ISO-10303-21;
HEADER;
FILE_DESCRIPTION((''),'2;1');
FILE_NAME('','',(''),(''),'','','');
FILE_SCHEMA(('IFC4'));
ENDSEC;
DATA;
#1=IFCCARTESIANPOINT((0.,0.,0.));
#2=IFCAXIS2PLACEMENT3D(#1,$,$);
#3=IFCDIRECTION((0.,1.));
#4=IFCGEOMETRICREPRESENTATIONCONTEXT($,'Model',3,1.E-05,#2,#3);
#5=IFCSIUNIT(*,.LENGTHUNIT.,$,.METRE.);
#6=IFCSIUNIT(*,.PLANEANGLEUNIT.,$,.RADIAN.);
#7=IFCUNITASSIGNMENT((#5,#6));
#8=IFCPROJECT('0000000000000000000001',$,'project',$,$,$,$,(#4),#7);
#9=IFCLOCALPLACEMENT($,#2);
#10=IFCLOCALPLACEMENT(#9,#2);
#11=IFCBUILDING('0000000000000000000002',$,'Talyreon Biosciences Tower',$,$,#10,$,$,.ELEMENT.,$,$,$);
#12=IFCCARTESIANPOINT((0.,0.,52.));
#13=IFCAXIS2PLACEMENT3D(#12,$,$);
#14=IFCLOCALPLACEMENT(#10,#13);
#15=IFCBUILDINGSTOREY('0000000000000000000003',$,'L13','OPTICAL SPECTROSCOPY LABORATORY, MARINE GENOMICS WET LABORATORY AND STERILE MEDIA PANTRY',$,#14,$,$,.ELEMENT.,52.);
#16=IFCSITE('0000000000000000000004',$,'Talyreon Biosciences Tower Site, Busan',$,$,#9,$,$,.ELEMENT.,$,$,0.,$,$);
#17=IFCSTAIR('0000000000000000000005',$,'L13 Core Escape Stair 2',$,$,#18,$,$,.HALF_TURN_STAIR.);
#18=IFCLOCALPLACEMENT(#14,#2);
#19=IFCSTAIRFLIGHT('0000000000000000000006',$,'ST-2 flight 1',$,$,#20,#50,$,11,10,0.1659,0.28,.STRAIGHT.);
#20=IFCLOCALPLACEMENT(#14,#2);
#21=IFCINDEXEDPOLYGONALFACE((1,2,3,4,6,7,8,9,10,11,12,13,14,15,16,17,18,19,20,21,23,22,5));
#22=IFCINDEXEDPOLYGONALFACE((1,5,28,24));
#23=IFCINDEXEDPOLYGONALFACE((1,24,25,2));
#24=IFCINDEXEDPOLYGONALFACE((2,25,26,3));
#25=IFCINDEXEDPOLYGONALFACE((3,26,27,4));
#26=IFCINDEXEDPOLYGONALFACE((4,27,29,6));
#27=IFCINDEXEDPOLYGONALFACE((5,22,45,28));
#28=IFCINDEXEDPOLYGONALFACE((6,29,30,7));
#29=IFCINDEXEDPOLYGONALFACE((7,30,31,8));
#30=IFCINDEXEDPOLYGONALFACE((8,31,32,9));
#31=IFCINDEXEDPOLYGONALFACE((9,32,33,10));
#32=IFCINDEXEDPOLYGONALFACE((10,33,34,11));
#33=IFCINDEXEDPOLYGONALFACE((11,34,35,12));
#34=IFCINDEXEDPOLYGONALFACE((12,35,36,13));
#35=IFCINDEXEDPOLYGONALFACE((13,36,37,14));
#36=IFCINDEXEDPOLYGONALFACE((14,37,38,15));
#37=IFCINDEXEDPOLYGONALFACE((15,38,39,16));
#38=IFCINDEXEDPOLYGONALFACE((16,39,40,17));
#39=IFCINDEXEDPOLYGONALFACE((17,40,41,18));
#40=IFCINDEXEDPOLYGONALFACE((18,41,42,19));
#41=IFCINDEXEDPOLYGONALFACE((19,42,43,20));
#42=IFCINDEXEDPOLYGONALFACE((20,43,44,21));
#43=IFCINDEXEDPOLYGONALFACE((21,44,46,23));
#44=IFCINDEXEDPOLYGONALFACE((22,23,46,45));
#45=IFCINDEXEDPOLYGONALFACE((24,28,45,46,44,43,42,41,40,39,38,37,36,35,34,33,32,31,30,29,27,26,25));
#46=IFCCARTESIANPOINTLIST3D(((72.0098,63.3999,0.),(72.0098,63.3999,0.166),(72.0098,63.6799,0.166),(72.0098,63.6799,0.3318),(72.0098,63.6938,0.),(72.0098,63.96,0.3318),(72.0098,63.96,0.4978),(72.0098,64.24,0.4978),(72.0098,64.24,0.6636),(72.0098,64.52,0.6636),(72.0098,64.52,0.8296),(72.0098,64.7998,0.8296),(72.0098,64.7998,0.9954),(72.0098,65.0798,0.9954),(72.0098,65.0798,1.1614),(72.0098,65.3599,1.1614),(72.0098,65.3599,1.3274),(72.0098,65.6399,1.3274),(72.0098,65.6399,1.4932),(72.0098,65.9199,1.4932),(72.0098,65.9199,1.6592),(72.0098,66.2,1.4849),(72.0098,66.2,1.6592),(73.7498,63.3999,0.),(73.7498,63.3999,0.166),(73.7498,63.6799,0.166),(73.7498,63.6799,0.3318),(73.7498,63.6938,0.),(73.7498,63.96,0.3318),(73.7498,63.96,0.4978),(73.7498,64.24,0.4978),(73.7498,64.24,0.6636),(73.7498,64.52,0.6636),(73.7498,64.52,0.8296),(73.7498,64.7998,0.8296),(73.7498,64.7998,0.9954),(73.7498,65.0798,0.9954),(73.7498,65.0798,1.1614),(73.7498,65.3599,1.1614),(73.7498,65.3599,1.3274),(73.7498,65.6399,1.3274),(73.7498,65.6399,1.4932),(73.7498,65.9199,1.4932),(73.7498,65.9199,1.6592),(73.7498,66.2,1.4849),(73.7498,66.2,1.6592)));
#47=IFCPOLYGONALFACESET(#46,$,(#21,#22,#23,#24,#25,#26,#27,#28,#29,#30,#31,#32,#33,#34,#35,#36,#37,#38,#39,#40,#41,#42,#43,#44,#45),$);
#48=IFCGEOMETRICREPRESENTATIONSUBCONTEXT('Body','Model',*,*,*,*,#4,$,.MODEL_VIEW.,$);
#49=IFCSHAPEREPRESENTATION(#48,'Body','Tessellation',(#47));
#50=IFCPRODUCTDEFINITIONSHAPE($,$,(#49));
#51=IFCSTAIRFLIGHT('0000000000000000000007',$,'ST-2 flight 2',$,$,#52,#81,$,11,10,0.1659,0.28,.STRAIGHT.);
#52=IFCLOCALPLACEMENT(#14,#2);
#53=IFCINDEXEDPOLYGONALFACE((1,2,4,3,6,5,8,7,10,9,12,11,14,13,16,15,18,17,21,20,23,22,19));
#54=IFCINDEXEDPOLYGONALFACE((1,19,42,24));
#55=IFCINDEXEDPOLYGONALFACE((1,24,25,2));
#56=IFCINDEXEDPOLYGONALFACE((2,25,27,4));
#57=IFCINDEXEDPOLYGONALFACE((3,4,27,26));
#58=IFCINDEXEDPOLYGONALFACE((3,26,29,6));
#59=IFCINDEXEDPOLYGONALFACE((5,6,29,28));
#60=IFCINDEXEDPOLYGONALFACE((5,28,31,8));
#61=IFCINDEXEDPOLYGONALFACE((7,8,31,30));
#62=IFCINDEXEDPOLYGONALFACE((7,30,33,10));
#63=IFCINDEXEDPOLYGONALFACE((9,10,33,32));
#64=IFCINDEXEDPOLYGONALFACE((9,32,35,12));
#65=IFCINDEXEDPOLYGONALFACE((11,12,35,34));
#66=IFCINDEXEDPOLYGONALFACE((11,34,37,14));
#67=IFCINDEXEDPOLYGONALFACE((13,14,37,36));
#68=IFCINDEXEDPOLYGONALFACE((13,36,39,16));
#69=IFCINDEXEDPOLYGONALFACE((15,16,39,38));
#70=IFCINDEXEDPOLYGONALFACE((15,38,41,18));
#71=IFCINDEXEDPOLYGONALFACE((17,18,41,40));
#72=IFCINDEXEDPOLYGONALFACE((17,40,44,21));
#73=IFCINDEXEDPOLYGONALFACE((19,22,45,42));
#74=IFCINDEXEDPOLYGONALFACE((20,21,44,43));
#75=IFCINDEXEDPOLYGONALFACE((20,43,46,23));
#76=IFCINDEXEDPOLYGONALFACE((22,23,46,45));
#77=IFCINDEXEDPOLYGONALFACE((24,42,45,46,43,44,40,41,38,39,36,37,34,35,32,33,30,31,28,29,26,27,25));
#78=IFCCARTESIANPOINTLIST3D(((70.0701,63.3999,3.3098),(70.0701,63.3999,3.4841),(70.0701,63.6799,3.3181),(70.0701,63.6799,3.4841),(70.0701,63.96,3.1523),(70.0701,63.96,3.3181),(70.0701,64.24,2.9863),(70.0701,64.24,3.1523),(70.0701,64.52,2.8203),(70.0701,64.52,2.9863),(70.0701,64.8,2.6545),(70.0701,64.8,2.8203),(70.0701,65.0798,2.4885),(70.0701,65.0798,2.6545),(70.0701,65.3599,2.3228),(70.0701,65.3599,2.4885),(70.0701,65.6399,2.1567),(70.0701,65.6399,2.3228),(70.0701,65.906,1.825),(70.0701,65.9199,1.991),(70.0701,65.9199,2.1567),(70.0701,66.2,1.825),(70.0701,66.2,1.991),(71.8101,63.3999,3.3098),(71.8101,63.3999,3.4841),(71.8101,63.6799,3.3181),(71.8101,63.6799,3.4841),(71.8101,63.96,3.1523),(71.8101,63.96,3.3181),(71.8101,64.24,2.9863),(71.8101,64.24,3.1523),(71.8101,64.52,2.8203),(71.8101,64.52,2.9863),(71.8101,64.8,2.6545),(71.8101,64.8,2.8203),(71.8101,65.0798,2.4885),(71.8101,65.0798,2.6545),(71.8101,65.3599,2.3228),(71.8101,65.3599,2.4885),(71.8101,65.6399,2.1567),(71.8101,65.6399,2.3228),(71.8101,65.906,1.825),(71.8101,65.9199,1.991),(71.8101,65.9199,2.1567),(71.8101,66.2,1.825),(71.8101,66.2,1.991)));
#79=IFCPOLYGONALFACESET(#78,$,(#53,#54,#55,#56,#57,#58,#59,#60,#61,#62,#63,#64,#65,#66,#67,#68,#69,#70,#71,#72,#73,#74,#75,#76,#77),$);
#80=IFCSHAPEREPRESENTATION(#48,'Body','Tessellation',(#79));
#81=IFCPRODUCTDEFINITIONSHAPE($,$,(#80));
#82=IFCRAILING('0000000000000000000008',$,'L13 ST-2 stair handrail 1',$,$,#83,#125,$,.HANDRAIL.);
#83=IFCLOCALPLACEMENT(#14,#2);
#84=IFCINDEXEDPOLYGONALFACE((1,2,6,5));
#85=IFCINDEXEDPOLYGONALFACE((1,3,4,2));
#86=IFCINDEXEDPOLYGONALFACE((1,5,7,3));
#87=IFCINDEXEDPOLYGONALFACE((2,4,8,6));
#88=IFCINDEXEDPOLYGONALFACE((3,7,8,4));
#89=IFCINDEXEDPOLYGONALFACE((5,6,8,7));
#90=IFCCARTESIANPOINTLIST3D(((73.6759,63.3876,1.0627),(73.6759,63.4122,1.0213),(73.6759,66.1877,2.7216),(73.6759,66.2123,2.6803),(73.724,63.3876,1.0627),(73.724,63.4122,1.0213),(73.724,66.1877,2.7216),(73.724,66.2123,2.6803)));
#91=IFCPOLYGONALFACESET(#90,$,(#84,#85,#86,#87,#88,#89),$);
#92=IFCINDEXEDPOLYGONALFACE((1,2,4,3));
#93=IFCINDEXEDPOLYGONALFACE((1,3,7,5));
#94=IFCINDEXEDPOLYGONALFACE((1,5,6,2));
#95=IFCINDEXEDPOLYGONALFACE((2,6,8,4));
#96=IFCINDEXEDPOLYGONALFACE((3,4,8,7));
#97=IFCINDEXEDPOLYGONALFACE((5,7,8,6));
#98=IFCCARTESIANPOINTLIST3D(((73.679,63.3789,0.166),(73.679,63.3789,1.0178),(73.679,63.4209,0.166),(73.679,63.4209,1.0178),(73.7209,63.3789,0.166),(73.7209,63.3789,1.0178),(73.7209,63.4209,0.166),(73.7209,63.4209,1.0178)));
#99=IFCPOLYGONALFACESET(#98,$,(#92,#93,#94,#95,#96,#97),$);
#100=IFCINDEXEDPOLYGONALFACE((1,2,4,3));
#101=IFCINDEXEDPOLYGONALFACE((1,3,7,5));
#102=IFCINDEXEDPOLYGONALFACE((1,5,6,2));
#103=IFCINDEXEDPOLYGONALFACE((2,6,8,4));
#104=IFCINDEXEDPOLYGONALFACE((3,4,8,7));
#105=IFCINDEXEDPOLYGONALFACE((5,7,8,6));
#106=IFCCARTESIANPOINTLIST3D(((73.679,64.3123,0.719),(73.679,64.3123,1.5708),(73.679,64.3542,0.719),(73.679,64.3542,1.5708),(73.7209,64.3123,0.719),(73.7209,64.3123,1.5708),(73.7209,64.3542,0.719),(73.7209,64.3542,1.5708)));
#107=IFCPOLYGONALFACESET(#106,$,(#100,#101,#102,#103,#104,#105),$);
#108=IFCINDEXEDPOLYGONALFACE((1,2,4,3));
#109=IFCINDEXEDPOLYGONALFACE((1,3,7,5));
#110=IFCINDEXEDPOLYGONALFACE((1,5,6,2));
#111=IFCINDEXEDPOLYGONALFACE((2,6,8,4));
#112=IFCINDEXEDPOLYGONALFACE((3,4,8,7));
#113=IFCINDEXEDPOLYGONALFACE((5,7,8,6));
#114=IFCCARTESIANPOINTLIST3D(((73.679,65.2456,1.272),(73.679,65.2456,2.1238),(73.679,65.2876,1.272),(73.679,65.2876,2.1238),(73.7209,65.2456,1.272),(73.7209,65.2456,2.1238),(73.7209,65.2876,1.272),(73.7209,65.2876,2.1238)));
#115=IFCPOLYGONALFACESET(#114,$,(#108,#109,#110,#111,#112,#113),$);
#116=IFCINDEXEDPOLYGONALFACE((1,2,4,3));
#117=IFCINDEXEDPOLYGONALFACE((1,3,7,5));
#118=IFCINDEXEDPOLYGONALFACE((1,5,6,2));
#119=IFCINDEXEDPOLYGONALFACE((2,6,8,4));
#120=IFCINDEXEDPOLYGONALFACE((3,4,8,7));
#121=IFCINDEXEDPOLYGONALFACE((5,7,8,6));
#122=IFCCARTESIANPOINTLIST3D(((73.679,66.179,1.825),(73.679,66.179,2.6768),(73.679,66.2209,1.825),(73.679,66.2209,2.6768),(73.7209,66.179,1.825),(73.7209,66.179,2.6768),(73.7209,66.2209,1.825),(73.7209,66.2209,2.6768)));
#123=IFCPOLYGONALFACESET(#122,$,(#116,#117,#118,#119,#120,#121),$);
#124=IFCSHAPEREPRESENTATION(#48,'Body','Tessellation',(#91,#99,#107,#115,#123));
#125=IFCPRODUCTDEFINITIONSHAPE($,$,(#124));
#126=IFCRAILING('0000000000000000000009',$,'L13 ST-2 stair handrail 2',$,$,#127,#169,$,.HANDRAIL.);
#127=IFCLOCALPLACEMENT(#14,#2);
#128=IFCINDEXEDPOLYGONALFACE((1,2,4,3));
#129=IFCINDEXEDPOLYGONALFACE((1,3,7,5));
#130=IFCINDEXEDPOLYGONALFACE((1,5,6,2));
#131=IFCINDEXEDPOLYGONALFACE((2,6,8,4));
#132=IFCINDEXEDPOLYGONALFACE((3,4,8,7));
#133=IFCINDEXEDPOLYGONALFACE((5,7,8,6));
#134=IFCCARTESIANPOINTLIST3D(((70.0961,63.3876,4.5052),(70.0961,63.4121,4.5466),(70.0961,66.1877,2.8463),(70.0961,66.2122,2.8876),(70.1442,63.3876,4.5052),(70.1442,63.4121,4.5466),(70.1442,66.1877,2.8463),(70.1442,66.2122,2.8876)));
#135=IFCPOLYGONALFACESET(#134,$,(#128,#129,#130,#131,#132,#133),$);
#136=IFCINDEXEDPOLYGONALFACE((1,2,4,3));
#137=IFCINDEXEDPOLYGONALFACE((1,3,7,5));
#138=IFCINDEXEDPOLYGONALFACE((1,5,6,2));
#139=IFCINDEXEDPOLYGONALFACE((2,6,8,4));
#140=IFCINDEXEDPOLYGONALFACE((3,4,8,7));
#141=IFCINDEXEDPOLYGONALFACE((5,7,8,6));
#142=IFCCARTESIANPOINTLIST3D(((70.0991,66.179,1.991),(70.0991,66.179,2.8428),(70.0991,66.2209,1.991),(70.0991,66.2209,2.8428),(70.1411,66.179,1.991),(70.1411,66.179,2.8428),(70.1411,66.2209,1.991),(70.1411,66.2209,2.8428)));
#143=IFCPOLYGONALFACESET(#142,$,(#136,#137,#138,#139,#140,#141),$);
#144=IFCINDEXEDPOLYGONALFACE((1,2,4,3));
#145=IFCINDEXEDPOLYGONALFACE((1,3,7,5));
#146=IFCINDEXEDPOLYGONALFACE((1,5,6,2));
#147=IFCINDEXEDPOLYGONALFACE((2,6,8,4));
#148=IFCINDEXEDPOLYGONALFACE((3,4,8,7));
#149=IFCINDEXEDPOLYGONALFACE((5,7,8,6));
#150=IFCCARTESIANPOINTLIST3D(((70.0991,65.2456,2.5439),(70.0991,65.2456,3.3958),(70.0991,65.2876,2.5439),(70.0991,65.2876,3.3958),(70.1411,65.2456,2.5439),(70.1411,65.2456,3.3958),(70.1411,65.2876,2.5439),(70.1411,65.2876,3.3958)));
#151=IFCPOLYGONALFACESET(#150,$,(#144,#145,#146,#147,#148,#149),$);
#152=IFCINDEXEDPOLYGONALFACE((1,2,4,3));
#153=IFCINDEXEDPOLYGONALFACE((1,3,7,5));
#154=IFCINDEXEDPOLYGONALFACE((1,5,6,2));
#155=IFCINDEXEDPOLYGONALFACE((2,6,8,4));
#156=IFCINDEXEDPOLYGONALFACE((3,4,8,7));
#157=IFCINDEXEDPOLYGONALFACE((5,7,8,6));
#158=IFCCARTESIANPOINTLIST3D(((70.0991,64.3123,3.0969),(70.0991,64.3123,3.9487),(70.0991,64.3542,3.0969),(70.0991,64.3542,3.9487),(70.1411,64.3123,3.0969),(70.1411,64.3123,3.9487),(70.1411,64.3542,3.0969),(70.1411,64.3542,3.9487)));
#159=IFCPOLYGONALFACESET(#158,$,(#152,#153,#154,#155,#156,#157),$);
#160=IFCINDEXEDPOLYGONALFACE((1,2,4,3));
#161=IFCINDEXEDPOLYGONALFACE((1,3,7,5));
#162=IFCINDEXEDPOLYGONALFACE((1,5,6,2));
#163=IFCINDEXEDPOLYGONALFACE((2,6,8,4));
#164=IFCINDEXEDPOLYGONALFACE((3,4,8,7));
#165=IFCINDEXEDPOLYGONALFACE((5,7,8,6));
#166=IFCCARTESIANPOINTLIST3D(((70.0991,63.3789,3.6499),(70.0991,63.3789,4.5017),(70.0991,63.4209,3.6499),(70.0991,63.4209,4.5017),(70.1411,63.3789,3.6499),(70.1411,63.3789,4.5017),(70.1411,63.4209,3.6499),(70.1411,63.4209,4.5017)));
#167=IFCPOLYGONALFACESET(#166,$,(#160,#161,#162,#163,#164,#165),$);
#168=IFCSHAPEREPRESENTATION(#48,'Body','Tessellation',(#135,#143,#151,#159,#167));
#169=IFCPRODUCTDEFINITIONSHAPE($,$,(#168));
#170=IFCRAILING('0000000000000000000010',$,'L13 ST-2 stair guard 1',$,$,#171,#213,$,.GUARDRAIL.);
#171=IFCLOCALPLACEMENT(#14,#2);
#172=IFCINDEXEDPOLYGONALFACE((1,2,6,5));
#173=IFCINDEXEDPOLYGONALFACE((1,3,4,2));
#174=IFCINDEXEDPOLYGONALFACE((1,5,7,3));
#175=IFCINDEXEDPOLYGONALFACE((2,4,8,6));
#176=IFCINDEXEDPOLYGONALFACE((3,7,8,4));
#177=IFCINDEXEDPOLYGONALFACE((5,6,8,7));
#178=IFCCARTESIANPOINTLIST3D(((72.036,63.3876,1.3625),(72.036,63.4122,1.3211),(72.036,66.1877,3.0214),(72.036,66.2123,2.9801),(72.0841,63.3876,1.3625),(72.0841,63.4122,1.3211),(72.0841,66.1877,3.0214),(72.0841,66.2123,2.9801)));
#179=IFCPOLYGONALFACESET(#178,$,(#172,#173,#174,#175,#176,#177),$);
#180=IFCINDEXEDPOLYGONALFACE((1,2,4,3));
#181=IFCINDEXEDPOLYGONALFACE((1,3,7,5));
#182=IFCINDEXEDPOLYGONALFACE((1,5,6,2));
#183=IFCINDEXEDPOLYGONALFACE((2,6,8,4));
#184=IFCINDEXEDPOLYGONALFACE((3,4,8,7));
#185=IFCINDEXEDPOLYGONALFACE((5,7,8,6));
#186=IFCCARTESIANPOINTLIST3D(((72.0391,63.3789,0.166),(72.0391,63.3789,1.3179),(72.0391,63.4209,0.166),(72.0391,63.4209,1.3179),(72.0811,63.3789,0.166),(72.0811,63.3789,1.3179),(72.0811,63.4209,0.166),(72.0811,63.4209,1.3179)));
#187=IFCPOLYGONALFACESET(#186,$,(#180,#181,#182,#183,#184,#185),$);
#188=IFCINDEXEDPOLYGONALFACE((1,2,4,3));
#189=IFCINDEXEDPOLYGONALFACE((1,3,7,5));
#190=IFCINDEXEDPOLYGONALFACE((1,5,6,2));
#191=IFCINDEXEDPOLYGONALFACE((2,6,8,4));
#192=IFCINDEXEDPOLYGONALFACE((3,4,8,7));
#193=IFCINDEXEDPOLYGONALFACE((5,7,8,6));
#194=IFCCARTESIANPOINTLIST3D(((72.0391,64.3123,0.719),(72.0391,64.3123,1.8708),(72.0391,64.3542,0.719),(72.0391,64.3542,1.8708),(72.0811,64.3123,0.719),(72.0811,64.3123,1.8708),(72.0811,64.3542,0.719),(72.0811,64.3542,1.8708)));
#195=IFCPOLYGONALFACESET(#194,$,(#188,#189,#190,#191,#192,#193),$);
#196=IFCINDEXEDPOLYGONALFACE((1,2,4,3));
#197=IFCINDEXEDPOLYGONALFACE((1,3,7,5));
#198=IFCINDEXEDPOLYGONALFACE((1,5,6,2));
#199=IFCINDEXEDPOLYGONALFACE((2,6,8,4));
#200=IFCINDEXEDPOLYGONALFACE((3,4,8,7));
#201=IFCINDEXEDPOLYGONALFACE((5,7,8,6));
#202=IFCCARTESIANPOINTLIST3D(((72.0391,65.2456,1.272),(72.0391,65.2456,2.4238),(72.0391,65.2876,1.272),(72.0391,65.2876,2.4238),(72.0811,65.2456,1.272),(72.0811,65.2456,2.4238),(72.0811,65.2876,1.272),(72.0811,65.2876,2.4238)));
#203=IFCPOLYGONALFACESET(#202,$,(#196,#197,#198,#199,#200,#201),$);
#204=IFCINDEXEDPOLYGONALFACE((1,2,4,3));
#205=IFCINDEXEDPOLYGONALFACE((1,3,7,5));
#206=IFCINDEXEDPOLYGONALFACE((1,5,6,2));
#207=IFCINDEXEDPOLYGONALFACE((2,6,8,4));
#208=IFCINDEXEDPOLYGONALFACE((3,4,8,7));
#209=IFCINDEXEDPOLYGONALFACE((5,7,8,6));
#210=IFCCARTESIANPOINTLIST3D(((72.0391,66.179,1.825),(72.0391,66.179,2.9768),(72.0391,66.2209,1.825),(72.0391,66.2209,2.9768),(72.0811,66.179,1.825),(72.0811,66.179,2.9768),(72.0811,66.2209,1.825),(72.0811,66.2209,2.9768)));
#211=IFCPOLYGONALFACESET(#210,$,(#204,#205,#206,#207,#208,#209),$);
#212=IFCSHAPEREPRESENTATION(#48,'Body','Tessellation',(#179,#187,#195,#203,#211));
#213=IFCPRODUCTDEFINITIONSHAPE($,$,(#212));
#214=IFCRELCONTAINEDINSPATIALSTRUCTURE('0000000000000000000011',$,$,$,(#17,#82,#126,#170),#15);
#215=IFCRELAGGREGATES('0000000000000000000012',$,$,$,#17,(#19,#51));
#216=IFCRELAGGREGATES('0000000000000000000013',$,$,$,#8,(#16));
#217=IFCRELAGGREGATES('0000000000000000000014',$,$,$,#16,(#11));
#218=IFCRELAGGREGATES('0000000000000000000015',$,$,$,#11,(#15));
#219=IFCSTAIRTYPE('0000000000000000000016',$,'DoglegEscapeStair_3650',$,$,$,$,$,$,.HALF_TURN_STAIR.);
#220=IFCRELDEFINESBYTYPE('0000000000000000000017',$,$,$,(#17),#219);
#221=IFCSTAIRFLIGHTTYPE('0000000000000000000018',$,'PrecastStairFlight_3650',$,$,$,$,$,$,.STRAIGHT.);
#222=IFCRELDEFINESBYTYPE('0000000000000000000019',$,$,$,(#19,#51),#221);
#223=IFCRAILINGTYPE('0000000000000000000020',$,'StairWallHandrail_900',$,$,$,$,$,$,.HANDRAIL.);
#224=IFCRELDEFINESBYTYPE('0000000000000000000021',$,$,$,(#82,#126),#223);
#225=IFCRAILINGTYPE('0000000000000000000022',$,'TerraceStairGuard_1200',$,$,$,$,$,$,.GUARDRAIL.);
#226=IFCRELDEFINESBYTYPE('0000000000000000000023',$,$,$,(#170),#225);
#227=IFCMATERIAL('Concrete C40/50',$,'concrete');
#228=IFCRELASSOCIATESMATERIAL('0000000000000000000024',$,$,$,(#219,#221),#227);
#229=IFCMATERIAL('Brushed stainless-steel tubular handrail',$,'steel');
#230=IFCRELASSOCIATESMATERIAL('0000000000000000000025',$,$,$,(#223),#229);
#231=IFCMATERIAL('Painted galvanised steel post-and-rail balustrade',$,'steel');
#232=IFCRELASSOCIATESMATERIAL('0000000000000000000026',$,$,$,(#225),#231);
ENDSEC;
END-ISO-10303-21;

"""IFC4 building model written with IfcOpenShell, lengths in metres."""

from ifc_helpers import new_model, si_unit, direction, frame, origin, origin_2d, place, context, subcontext, project, spatial, polyline, rectangle, outline, extrude, material, type_object, element, aggregate, save


model = new_model("IFC4")

# Units and contexts
model_context = context("Model", 3, precision=1e-05, world=origin(), true_north=direction((0.0, 1.0)))
body_context = subcontext(model_context, "Body", "Model", "MODEL_VIEW")
ifc_project = project(units=[si_unit("LENGTHUNIT", "METRE"), si_unit("PLANEANGLEUNIT", "RADIAN")], contexts=[model_context])

# Site, building, storey
site_placement = place(None, origin())
site = spatial("IfcSite", under=ifc_project, at=site_placement, Name="Talyreon Biosciences Tower Site, Busan", CompositionType="ELEMENT", RefElevation=0.0)
building_placement = place(site_placement, origin())
building = spatial("IfcBuilding", under=site, at=building_placement, Name="Talyreon Biosciences Tower", CompositionType="ELEMENT")
storey_placement = place(building_placement, frame((0.0, 0.0, 52.0)))
storey = spatial("IfcBuildingStorey", under=building, at=storey_placement, Name="L13", Description="OPTICAL SPECTROSCOPY LABORATORY, MARINE GENOMICS WET LABORATORY AND STERILE MEDIA PANTRY", CompositionType="ELEMENT", Elevation=52.0)

# Stair, stair flights
ifc_material_1 = material(Name="Concrete C40/50", Category="concrete")
stair_type = type_object("IfcStairType", Name="DoglegEscapeStair_3650", PredefinedType="HALF_TURN_STAIR", material=ifc_material_1)
stair_placement = place(storey_placement, origin())
stair = element("IfcStair", 1, at=stair_placement, inside=storey, type_object=stair_type, Name="L13 Core Escape Stair 2", PredefinedType="HALF_TURN_STAIR")
stair_flight_type = type_object("IfcStairFlightType", Name="PrecastStairFlight_3650", PredefinedType="STRAIGHT", material=ifc_material_1)
stair_flight_1_placement = place(storey_placement, frame((72.8799, 63.3999, 0.0), z_axis=(0.0, 0.0, 1.0), x_axis=(0.0, 1.0, 0.0)))
stair_flight_1 = element("IfcStairFlight", 2, at=stair_flight_1_placement, type_object=stair_flight_type, Name="ST-2 flight 1", NumberOfRisers=11, NumberOfTreads=10, PredefinedType="STRAIGHT", RiserHeight=0.1659, TreadLength=0.28, context=body_context, shape_type="SweptSolid", body=[
    extrude(outline(polyline([(0.0, 0.0), (0.0, 0.166), (0.28, 0.166), (0.28, 0.3318), (0.5601, 0.3318), (0.5601, 0.4978), (0.8401, 0.4978), (0.8401, 0.6636), (1.1201, 0.6636), (1.1201, 0.8296), (1.3999, 0.8296), (1.3999, 0.9954), (1.6799, 0.9954), (1.6799, 1.1614), (1.96, 1.1614), (1.96, 1.3274), (2.24, 1.3274), (2.24, 1.4932), (2.52, 1.4932), (2.52, 1.6592), (2.8, 1.6592), (2.8, 1.825), (2.8, 1.4849), (0.2939, 0.0), (0.0, 0.0)])), frame((0.0, 0.8701, 0.0), z_axis=(0.0, -1.0, 0.0), x_axis=(1.0, 0.0, 0.0)), (0.0, 0.0, 1.0), 1.74),
])
stair_flight_2_placement = place(storey_placement, frame((70.9399, 66.2, 1.825), z_axis=(0.0, 0.0, 1.0), x_axis=(0.0, -1.0, 0.0)))
stair_flight_2 = element("IfcStairFlight", 3, at=stair_flight_2_placement, type_object=stair_flight_type, Name="ST-2 flight 2", NumberOfRisers=11, NumberOfTreads=10, PredefinedType="STRAIGHT", RiserHeight=0.1659, TreadLength=0.28, context=body_context, shape_type="SweptSolid", body=[
    extrude(outline(polyline([(0.0, 0.0), (0.0, 0.166), (0.28, 0.166), (0.28, 0.3318), (0.5601, 0.3318), (0.5601, 0.4978), (0.8401, 0.4978), (0.8401, 0.6636), (1.1201, 0.6636), (1.1201, 0.8296), (1.3999, 0.8296), (1.3999, 0.9954), (1.6799, 0.9954), (1.6799, 1.1614), (1.96, 1.1614), (1.96, 1.3274), (2.24, 1.3274), (2.24, 1.4932), (2.52, 1.4932), (2.52, 1.6592), (2.8, 1.6592), (2.8, 1.825), (2.8, 1.4849), (0.2939, 0.0), (0.0, 0.0)])), frame((0.0, 0.8701, 0.0), z_axis=(0.0, -1.0, 0.0), x_axis=(1.0, 0.0, 0.0)), (0.0, 0.0, 1.0), 1.74),
])
aggregate(stair, [stair_flight_1, stair_flight_2])

# Railings
ifc_material_2 = material(Name="Brushed stainless-steel tubular handrail", Category="steel")
railing_type_1 = type_object("IfcRailingType", Name="StairWallHandrail_900", PredefinedType="HANDRAIL", material=ifc_material_2)
railing_1_placement = place(storey_placement, frame((73.7, 63.3999, 0.166)))
element("IfcRailing", 4, at=railing_1_placement, inside=storey, type_object=railing_type_1, Name="L13 ST-2 stair handrail 1", PredefinedType="HANDRAIL", context=body_context, shape_type="SweptSolid", body=[
    extrude(rectangle(XDim=0.0481, YDim=0.0481, at=origin_2d()), frame((0.0, 0.0, 0.876), z_axis=(0.0, 0.860339, 0.509722), x_axis=(-1.0, 0.0, 0.0)), (0.0, 0.0, 1.0), 3.2546),
    extrude(rectangle(XDim=0.042, YDim=0.042, at=origin_2d()), origin(), (0.0, 0.0, 1.0), 0.8518),
    extrude(rectangle(XDim=0.042, YDim=0.042, at=origin_2d()), frame((0.0, 0.9333, 0.553)), (0.0, 0.0, 1.0), 0.8518),
    extrude(rectangle(XDim=0.042, YDim=0.042, at=origin_2d()), frame((0.0, 1.8667, 1.106)), (0.0, 0.0, 1.0), 0.8518),
    extrude(rectangle(XDim=0.042, YDim=0.042, at=origin_2d()), frame((0.0, 2.8, 1.6589)), (0.0, 0.0, 1.0), 0.8518),
])
railing_2_placement = place(storey_placement, frame((70.1201, 66.2, 1.991)))
element("IfcRailing", 5, at=railing_2_placement, inside=storey, type_object=railing_type_1, Name="L13 ST-2 stair handrail 2", PredefinedType="HANDRAIL", context=body_context, shape_type="SweptSolid", body=[
    extrude(rectangle(XDim=0.0481, YDim=0.0481, at=origin_2d()), frame((0.0, 0.0, 0.876), z_axis=(0.0, -0.860339, 0.509722), x_axis=(1.0, 0.0, 0.0)), (0.0, 0.0, 1.0), 3.2546),
    extrude(rectangle(XDim=0.042, YDim=0.042, at=origin_2d()), origin(), (0.0, 0.0, 1.0), 0.8518),
    extrude(rectangle(XDim=0.042, YDim=0.042, at=origin_2d()), frame((0.0, -0.9333, 0.553)), (0.0, 0.0, 1.0), 0.8518),
    extrude(rectangle(XDim=0.042, YDim=0.042, at=origin_2d()), frame((0.0, -1.8667, 1.106)), (0.0, 0.0, 1.0), 0.8518),
    extrude(rectangle(XDim=0.042, YDim=0.042, at=origin_2d()), frame((0.0, -2.8, 1.6589)), (0.0, 0.0, 1.0), 0.8518),
])
ifc_material_3 = material(Name="Painted galvanised steel post-and-rail balustrade", Category="steel")
railing_type_2 = type_object("IfcRailingType", Name="TerraceStairGuard_1200", PredefinedType="GUARDRAIL", material=ifc_material_3)
railing_3_placement = place(storey_placement, frame((72.0601, 63.3999, 0.166)))
element("IfcRailing", 6, at=railing_3_placement, inside=storey, type_object=railing_type_2, Name="L13 ST-2 stair guard 1", PredefinedType="GUARDRAIL", context=body_context, shape_type="SweptSolid", body=[
    extrude(rectangle(XDim=0.0481, YDim=0.0481, at=origin_2d()), frame((0.0, 0.0, 1.1758), z_axis=(0.0, 0.860339, 0.509722), x_axis=(-1.0, 0.0, 0.0)), (0.0, 0.0, 1.0), 3.2546),
    extrude(rectangle(XDim=0.042, YDim=0.042, at=origin_2d()), origin(), (0.0, 0.0, 1.0), 1.1519),
    extrude(rectangle(XDim=0.042, YDim=0.042, at=origin_2d()), frame((0.0, 0.9333, 0.553)), (0.0, 0.0, 1.0), 1.1519),
    extrude(rectangle(XDim=0.042, YDim=0.042, at=origin_2d()), frame((0.0, 1.8667, 1.106)), (0.0, 0.0, 1.0), 1.1519),
    extrude(rectangle(XDim=0.042, YDim=0.042, at=origin_2d()), frame((0.0, 2.8, 1.6589)), (0.0, 0.0, 1.0), 1.1519),
])

save(model, "model.ifc")
